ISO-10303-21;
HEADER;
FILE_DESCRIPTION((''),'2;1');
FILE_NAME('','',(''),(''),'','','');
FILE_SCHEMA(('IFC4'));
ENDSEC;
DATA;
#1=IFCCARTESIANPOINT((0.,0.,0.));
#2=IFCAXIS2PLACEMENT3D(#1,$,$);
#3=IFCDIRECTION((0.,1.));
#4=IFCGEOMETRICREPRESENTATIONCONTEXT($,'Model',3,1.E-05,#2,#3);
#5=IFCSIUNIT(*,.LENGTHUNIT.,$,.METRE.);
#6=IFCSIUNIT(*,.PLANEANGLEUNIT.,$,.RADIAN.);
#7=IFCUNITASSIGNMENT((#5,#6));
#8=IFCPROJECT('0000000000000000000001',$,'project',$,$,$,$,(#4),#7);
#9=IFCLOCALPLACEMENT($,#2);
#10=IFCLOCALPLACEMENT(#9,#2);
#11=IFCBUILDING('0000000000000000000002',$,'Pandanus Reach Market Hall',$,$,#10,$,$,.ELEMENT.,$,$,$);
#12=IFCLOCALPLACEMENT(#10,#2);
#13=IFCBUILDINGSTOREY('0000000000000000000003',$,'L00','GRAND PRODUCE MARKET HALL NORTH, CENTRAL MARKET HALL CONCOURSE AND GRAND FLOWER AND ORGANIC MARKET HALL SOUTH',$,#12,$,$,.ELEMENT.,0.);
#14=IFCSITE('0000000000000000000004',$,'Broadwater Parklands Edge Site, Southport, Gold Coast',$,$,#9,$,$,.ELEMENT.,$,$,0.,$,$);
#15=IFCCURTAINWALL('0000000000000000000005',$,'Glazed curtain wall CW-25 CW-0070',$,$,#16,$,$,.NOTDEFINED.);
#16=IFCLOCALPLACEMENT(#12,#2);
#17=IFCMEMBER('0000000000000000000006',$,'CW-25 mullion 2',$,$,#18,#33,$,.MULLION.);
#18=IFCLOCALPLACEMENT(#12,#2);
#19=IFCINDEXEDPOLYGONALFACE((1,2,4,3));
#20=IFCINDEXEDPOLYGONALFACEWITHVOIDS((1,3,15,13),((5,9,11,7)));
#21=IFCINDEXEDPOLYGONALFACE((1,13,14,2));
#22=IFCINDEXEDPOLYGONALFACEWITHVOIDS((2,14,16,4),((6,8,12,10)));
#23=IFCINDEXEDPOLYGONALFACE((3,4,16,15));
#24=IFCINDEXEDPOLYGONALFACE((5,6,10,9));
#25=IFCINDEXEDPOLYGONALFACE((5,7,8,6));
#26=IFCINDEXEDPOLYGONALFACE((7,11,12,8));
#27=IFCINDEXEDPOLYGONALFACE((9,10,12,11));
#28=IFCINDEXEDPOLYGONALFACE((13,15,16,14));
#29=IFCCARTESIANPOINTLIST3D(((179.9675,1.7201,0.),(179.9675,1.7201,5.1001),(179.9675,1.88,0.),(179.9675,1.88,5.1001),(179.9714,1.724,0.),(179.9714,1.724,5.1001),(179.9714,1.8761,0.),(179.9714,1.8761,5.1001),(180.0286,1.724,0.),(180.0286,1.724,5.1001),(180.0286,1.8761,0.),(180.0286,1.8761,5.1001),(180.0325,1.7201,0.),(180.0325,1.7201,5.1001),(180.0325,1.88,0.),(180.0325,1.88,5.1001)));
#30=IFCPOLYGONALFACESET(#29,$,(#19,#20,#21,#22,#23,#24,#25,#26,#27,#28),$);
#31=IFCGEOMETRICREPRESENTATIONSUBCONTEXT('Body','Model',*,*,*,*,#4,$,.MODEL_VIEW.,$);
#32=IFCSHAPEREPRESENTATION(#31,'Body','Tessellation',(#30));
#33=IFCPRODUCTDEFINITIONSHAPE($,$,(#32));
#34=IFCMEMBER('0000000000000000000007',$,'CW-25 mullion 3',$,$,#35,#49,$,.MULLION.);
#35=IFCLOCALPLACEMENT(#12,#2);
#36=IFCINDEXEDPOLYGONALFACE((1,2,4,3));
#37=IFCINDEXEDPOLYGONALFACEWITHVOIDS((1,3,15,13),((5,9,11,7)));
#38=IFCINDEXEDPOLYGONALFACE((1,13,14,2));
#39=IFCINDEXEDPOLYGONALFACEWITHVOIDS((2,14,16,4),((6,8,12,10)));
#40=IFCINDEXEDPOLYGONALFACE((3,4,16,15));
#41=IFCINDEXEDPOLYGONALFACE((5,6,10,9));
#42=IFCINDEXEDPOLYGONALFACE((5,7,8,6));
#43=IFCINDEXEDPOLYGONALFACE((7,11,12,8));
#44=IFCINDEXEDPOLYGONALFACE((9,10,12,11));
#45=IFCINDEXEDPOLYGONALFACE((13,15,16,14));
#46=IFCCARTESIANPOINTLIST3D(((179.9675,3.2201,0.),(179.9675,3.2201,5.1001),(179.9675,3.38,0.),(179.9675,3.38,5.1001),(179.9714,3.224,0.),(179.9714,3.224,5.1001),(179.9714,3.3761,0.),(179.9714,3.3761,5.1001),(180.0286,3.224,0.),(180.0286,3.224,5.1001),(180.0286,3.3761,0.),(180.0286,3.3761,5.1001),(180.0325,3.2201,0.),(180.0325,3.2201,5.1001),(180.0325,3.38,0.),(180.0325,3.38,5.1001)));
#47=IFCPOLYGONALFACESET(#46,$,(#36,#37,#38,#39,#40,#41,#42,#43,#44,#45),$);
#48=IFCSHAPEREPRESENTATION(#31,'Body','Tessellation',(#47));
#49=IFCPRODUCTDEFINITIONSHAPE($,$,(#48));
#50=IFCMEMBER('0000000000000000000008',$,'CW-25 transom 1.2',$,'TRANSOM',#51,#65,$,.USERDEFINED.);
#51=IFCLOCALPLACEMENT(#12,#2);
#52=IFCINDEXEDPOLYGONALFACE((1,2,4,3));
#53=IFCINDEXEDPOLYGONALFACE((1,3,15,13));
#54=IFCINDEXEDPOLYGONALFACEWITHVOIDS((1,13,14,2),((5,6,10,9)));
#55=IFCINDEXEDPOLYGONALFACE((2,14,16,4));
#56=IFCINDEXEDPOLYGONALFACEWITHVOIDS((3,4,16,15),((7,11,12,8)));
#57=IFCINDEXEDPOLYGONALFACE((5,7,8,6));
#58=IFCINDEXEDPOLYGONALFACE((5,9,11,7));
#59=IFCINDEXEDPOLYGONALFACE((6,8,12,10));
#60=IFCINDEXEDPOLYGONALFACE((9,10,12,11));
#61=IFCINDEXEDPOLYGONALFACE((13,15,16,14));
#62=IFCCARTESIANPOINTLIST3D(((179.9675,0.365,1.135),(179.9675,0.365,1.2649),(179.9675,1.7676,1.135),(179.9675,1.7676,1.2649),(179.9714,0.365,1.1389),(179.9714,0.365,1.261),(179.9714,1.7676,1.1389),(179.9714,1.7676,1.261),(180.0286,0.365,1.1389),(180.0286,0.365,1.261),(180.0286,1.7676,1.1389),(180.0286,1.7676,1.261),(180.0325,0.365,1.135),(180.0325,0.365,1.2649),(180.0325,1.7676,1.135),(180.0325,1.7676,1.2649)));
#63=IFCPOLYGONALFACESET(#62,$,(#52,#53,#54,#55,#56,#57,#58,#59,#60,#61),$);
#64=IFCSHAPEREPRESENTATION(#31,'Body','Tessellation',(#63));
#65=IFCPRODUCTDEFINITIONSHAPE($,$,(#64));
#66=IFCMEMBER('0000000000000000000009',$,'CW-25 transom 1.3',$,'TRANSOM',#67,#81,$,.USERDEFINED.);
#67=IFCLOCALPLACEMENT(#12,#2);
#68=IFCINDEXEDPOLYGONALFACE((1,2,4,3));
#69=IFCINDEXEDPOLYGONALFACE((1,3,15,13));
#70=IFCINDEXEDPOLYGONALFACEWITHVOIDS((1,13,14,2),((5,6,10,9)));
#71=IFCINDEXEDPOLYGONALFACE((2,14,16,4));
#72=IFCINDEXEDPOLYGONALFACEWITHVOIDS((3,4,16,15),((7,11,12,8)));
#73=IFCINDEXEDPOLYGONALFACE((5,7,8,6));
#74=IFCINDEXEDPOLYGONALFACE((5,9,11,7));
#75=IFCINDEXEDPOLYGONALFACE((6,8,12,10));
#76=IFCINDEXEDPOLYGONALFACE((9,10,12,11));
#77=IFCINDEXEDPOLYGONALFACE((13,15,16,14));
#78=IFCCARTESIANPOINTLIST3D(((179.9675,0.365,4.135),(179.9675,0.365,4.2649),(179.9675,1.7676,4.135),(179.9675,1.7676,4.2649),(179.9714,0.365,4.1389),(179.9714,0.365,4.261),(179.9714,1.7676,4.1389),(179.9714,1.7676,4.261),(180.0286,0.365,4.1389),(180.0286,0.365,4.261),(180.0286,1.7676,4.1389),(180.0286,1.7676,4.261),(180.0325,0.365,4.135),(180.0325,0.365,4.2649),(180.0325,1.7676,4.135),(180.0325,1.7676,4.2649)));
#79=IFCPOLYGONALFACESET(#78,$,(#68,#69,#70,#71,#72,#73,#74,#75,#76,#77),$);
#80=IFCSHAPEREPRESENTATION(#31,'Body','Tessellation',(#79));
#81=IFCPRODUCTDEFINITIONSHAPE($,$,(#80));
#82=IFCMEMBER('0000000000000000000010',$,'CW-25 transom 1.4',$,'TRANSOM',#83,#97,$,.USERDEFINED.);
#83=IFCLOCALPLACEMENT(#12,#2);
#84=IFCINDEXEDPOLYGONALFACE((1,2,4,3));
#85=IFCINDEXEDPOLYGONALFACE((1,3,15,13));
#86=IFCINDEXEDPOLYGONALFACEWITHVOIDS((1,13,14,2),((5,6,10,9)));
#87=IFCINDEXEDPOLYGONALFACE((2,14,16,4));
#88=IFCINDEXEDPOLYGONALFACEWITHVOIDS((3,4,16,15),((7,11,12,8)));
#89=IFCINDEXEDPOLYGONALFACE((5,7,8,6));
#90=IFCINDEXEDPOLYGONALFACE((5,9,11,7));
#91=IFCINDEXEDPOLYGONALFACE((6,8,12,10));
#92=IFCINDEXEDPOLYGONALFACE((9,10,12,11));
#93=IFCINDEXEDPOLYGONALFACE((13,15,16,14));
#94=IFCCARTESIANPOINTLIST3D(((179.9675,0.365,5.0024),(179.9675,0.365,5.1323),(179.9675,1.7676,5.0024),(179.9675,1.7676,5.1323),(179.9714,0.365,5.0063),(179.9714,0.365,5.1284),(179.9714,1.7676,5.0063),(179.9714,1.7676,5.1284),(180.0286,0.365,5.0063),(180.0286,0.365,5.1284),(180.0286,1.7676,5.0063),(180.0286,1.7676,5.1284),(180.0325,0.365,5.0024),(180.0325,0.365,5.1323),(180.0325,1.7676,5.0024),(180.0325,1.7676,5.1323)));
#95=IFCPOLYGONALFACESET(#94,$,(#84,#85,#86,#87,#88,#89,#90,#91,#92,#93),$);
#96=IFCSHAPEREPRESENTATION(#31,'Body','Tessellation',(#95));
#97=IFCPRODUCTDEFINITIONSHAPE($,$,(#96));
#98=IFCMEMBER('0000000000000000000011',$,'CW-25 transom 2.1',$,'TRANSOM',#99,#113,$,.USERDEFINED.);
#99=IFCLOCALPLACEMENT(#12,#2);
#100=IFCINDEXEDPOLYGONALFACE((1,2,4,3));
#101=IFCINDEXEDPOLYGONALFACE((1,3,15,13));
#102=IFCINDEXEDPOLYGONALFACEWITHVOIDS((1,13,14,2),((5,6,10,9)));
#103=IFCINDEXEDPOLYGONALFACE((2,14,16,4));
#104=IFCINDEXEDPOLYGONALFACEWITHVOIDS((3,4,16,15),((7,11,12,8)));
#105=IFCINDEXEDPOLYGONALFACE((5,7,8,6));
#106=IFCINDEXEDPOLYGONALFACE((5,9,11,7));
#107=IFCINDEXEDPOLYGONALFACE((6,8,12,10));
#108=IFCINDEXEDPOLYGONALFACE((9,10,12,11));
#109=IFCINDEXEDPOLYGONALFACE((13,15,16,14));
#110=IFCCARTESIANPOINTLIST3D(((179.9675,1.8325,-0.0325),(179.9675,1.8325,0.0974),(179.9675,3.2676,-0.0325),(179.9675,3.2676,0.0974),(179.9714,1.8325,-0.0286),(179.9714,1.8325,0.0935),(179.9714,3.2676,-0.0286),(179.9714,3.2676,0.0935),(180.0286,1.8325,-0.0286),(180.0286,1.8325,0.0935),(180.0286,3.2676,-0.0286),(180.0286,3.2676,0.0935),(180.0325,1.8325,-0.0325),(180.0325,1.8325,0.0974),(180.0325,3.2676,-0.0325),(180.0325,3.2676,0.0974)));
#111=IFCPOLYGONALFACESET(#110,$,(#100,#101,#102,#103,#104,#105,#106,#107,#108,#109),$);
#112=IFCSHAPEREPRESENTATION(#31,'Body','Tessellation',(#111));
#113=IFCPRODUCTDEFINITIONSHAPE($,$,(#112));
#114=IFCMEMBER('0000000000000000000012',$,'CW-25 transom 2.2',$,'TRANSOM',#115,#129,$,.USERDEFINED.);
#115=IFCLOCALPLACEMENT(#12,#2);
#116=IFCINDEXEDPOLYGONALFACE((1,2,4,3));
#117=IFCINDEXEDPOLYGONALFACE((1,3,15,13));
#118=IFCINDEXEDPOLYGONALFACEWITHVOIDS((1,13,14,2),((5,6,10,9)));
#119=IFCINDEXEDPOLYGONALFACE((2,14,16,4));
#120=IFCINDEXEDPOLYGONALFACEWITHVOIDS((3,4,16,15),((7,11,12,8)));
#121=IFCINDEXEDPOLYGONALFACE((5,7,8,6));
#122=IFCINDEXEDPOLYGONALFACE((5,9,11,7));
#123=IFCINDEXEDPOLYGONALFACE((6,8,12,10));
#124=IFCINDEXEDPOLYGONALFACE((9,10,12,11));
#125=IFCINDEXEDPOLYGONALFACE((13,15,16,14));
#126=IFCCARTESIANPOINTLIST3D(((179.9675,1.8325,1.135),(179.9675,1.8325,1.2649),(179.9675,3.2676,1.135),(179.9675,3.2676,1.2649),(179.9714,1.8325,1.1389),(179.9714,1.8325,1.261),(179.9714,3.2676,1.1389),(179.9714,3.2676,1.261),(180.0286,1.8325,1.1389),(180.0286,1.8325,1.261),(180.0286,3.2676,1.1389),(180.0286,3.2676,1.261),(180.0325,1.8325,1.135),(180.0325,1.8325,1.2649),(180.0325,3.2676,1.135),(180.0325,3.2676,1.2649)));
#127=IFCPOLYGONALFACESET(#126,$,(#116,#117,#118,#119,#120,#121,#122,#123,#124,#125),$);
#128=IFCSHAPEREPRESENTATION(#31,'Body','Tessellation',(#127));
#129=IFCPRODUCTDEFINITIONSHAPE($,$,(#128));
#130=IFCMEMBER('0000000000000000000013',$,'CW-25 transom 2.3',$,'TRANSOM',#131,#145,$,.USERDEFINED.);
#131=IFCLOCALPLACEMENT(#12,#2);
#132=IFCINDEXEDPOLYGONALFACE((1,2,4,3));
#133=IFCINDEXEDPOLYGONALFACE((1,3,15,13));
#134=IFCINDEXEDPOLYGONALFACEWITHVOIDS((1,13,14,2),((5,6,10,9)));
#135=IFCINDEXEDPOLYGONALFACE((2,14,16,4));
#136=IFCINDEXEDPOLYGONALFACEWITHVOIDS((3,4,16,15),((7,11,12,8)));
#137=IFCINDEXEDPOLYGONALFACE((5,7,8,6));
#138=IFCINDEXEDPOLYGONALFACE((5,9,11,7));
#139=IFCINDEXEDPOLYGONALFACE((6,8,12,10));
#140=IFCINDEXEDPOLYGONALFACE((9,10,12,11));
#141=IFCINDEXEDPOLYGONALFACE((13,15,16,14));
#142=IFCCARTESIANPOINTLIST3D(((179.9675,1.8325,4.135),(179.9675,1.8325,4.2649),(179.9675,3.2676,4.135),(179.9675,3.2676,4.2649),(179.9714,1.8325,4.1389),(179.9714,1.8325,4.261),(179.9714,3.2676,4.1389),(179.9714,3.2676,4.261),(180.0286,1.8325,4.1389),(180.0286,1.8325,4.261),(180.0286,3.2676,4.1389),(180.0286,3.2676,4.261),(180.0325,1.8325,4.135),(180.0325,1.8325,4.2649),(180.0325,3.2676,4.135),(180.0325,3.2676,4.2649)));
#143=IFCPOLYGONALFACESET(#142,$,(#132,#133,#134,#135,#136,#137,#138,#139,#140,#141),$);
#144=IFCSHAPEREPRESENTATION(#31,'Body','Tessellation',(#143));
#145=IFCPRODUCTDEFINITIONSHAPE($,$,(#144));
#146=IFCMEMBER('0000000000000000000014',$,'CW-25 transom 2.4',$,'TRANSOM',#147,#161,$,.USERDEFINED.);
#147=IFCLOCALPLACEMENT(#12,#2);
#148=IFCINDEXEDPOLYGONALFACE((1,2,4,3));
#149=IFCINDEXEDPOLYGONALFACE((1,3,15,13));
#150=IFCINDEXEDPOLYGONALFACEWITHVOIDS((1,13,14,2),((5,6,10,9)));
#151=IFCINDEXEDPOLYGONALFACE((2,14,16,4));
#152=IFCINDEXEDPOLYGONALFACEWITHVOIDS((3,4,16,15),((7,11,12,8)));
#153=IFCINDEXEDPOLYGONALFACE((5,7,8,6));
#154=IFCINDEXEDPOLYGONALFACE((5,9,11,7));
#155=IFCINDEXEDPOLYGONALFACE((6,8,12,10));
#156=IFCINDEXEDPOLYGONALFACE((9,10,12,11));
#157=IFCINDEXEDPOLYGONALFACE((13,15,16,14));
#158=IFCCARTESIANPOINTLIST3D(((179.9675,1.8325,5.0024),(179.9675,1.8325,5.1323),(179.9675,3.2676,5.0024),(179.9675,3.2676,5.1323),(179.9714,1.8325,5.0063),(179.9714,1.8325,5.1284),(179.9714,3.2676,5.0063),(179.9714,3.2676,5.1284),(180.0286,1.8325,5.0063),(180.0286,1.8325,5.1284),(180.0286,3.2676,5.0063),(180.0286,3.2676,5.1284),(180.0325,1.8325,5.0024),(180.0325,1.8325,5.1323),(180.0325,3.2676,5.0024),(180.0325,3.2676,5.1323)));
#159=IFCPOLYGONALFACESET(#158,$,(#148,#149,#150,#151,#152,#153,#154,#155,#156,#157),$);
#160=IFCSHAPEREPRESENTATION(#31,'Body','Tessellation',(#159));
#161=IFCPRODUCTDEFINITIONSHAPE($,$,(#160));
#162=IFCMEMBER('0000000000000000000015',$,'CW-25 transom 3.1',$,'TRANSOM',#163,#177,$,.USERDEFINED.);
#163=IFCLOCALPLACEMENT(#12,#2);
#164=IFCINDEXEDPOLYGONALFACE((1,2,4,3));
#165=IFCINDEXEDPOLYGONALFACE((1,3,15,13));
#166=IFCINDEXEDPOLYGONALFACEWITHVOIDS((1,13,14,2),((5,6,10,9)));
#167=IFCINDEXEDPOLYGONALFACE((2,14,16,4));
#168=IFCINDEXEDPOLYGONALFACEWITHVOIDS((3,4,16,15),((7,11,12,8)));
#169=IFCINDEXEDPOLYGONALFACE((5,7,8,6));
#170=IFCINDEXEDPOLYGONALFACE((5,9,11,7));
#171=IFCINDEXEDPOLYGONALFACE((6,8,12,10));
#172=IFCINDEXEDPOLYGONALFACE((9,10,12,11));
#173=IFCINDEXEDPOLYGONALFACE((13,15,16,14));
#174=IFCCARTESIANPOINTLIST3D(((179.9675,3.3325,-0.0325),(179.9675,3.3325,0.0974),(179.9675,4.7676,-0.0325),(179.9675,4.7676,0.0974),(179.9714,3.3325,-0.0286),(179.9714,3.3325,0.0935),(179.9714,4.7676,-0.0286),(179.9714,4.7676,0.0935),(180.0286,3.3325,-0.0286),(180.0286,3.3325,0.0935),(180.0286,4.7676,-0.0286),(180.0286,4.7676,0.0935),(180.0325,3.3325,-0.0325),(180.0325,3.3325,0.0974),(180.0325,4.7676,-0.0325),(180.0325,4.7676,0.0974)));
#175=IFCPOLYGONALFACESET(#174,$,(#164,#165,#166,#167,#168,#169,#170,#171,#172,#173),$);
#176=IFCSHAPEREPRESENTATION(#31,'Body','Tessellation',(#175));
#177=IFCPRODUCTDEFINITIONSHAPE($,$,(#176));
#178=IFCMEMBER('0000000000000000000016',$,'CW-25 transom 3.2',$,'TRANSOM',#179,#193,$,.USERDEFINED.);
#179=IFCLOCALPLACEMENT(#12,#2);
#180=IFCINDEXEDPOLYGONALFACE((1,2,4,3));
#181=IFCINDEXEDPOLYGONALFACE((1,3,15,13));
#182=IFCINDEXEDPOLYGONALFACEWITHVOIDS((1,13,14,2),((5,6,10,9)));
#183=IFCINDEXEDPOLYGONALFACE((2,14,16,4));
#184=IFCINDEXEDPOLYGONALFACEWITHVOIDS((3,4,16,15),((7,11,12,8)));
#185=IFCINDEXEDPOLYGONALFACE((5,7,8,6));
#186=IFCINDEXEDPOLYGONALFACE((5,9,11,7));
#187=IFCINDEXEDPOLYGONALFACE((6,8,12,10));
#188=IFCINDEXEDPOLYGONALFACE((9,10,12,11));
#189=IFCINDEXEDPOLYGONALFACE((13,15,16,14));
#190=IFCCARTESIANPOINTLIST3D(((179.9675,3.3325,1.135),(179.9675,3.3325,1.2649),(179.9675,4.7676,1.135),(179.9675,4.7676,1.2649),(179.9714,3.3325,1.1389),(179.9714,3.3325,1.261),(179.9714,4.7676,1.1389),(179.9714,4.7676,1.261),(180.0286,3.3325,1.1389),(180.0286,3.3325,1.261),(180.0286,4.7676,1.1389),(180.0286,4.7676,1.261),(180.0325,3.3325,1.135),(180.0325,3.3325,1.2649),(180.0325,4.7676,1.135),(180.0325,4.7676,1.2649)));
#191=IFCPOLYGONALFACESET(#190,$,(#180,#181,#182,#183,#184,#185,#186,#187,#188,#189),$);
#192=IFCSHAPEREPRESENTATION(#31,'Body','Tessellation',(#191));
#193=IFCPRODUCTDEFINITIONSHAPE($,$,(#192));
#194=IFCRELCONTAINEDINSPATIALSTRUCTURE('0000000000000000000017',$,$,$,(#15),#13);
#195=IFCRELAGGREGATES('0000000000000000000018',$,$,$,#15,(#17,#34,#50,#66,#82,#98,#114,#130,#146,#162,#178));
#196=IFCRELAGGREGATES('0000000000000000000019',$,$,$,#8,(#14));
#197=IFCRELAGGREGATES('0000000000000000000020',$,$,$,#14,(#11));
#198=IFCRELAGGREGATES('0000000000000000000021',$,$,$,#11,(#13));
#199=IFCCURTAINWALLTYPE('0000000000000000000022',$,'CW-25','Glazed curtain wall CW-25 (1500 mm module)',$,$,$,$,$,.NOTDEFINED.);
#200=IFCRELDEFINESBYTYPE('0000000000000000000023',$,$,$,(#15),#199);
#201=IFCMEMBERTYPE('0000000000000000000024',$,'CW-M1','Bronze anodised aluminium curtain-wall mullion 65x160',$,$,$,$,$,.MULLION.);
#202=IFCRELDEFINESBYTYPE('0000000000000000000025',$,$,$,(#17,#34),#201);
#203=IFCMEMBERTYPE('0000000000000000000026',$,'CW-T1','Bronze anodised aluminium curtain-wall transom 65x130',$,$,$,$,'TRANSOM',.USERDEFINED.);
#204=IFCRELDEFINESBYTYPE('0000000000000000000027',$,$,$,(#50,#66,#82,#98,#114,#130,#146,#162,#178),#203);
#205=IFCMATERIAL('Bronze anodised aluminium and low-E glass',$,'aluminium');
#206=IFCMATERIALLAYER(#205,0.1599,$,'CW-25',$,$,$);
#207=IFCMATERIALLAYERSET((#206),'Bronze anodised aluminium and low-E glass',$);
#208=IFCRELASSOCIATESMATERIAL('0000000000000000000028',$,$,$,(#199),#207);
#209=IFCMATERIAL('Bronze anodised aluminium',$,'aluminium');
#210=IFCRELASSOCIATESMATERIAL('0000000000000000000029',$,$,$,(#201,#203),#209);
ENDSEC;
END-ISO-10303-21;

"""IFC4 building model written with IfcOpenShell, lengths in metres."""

from ifc_helpers import new_model, si_unit, direction, frame, origin, origin_2d, place, context, subcontext, project, spatial, hollow_rectangle, extrude, material, layer, layer_set, material_profile, profile_set, type_object, element, aggregate, save


model = new_model("IFC4")

# Units and contexts
model_context = context("Model", 3, precision=1e-05, world=origin(), true_north=direction((0.0, 1.0)))
body_context = subcontext(model_context, "Body", "Model", "MODEL_VIEW")
ifc_project = project(units=[si_unit("LENGTHUNIT", "METRE"), si_unit("PLANEANGLEUNIT", "RADIAN")], contexts=[model_context])

# Site, building, storey
site_placement = place(None, origin())
site = spatial("IfcSite", under=ifc_project, at=site_placement, Name="Broadwater Parklands Edge Site, Southport, Gold Coast", CompositionType="ELEMENT", RefElevation=0.0)
building_placement = place(site_placement, origin())
building = spatial("IfcBuilding", under=site, at=building_placement, Name="Pandanus Reach Market Hall", CompositionType="ELEMENT")
storey_placement = place(building_placement, origin())
storey = spatial("IfcBuildingStorey", under=building, at=storey_placement, Name="L00", Description="GRAND PRODUCE MARKET HALL NORTH, CENTRAL MARKET HALL CONCOURSE AND GRAND FLOWER AND ORGANIC MARKET HALL SOUTH", CompositionType="ELEMENT", Elevation=0.0)

# Curtain wall, members
ifc_material_1 = material(Name="Bronze anodised aluminium and low-E glass", Category="aluminium")
ifc_layer_1 = layer(ifc_material_1, 0.1599, Name="CW-25")
ifc_layer_set_1 = layer_set([ifc_layer_1], Name="Bronze anodised aluminium and low-E glass")
curtain_wall_type = type_object("IfcCurtainWallType", Name="CW-25", Description="Glazed curtain wall CW-25 (1500 mm module)", PredefinedType="NOTDEFINED", material=ifc_layer_set_1)
curtain_wall_placement = place(storey_placement, origin())
curtain_wall = element("IfcCurtainWall", 1, at=curtain_wall_placement, inside=storey, type_object=curtain_wall_type, Name="Glazed curtain wall CW-25 CW-0070", PredefinedType="NOTDEFINED")
ifc_material_2 = material(Name="Bronze anodised aluminium", Category="aluminium")
ifc_material_profile_1 = material_profile(ifc_material_2, hollow_rectangle(XDim=0.0649, YDim=0.1599, WallThickness=0.0039, at=origin_2d()), Name="ALU65x160", Category="LoadBearing")
ifc_profile_set_1 = profile_set([ifc_material_profile_1], Name="Bronze anodised aluminium")
member_type_1 = type_object("IfcMemberType", Name="CW-M1", Description="Bronze anodised aluminium curtain-wall mullion 65x160", PredefinedType="MULLION", material=ifc_profile_set_1)
member_1_placement = place(storey_placement, frame((180.0, 1.8, 0.0), z_axis=(0.0, 0.0, 1.0), x_axis=(-1.0, 0.0, 0.0)))
member_1 = element("IfcMember", 2, at=member_1_placement, type_object=member_type_1, Name="CW-25 mullion 2", PredefinedType="MULLION", context=body_context, shape_type="SweptSolid", body=[
    extrude(hollow_rectangle(XDim=0.0649, YDim=0.1599, WallThickness=0.0039, at=origin_2d()), origin(), (0.0, 0.0, 1.0), 5.1001),
])
member_2_placement = place(storey_placement, frame((180.0, 3.3, 0.0), z_axis=(0.0, 0.0, 1.0), x_axis=(-1.0, 0.0, 0.0)))
member_2 = element("IfcMember", 3, at=member_2_placement, type_object=member_type_1, Name="CW-25 mullion 3", PredefinedType="MULLION", context=body_context, shape_type="SweptSolid", body=[
    extrude(hollow_rectangle(XDim=0.0649, YDim=0.1599, WallThickness=0.0039, at=origin_2d()), origin(), (0.0, 0.0, 1.0), 5.1001),
])
ifc_material_profile_2 = material_profile(ifc_material_2, hollow_rectangle(XDim=0.0649, YDim=0.1299, WallThickness=0.0039, at=origin_2d()), Name="ALU65x130", Category="LoadBearing")
ifc_profile_set_2 = profile_set([ifc_material_profile_2], Name="Bronze anodised aluminium")
member_type_2 = type_object("IfcMemberType", Name="CW-T1", Description="Bronze anodised aluminium curtain-wall transom 65x130", ElementType="TRANSOM", PredefinedType="USERDEFINED", material=ifc_profile_set_2)
member_3_placement = place(storey_placement, frame((180.0, 0.365, 1.2), z_axis=(0.0, 1.0, 0.0), x_axis=(-1.0, 0.0, 0.0)))
member_3 = element("IfcMember", 4, at=member_3_placement, type_object=member_type_2, Name="CW-25 transom 1.2", ObjectType="TRANSOM", PredefinedType="USERDEFINED", context=body_context, shape_type="SweptSolid", body=[
    extrude(hollow_rectangle(XDim=0.0649, YDim=0.1299, WallThickness=0.0039, at=origin_2d()), origin(), (0.0, 0.0, 1.0), 1.4026),
])
member_4_placement = place(storey_placement, frame((180.0, 0.365, 4.2), z_axis=(0.0, 1.0, 0.0), x_axis=(-1.0, 0.0, 0.0)))
member_4 = element("IfcMember", 5, at=member_4_placement, type_object=member_type_2, Name="CW-25 transom 1.3", ObjectType="TRANSOM", PredefinedType="USERDEFINED", context=body_context, shape_type="SweptSolid", body=[
    extrude(hollow_rectangle(XDim=0.0649, YDim=0.1299, WallThickness=0.0039, at=origin_2d()), origin(), (0.0, 0.0, 1.0), 1.4026),
])
member_5_placement = place(storey_placement, frame((180.0, 0.365, 5.0674), z_axis=(0.0, 1.0, 0.0), x_axis=(-1.0, 0.0, 0.0)))
member_5 = element("IfcMember", 6, at=member_5_placement, type_object=member_type_2, Name="CW-25 transom 1.4", ObjectType="TRANSOM", PredefinedType="USERDEFINED", context=body_context, shape_type="SweptSolid", body=[
    extrude(hollow_rectangle(XDim=0.0649, YDim=0.1299, WallThickness=0.0039, at=origin_2d()), origin(), (0.0, 0.0, 1.0), 1.4026),
])
member_6_placement = place(storey_placement, frame((180.0, 1.8325, 0.0325), z_axis=(0.0, 1.0, 0.0), x_axis=(-1.0, 0.0, 0.0)))
member_6 = element("IfcMember", 7, at=member_6_placement, type_object=member_type_2, Name="CW-25 transom 2.1", ObjectType="TRANSOM", PredefinedType="USERDEFINED", context=body_context, shape_type="SweptSolid", body=[
    extrude(hollow_rectangle(XDim=0.0649, YDim=0.1299, WallThickness=0.0039, at=origin_2d()), origin(), (0.0, 0.0, 1.0), 1.4351),
])
member_7_placement = place(storey_placement, frame((180.0, 1.8325, 1.2), z_axis=(0.0, 1.0, 0.0), x_axis=(-1.0, 0.0, 0.0)))
member_7 = element("IfcMember", 8, at=member_7_placement, type_object=member_type_2, Name="CW-25 transom 2.2", ObjectType="TRANSOM", PredefinedType="USERDEFINED", context=body_context, shape_type="SweptSolid", body=[
    extrude(hollow_rectangle(XDim=0.0649, YDim=0.1299, WallThickness=0.0039, at=origin_2d()), origin(), (0.0, 0.0, 1.0), 1.4351),
])
member_8_placement = place(storey_placement, frame((180.0, 1.8325, 4.2), z_axis=(0.0, 1.0, 0.0), x_axis=(-1.0, 0.0, 0.0)))
member_8 = element("IfcMember", 9, at=member_8_placement, type_object=member_type_2, Name="CW-25 transom 2.3", ObjectType="TRANSOM", PredefinedType="USERDEFINED", context=body_context, shape_type="SweptSolid", body=[
    extrude(hollow_rectangle(XDim=0.0649, YDim=0.1299, WallThickness=0.0039, at=origin_2d()), origin(), (0.0, 0.0, 1.0), 1.4351),
])
member_9_placement = place(storey_placement, frame((180.0, 1.8325, 5.0674), z_axis=(0.0, 1.0, 0.0), x_axis=(-1.0, 0.0, 0.0)))
member_9 = element("IfcMember", 10, at=member_9_placement, type_object=member_type_2, Name="CW-25 transom 2.4", ObjectType="TRANSOM", PredefinedType="USERDEFINED", context=body_context, shape_type="SweptSolid", body=[
    extrude(hollow_rectangle(XDim=0.0649, YDim=0.1299, WallThickness=0.0039, at=origin_2d()), origin(), (0.0, 0.0, 1.0), 1.4351),
])
member_10_placement = place(storey_placement, frame((180.0, 3.3325, 0.0325), z_axis=(0.0, 1.0, 0.0), x_axis=(-1.0, 0.0, 0.0)))
member_10 = element("IfcMember", 11, at=member_10_placement, type_object=member_type_2, Name="CW-25 transom 3.1", ObjectType="TRANSOM", PredefinedType="USERDEFINED", context=body_context, shape_type="SweptSolid", body=[
    extrude(hollow_rectangle(XDim=0.0649, YDim=0.1299, WallThickness=0.0039, at=origin_2d()), origin(), (0.0, 0.0, 1.0), 1.4351),
])
member_11_placement = place(storey_placement, frame((180.0, 3.3325, 1.2), z_axis=(0.0, 1.0, 0.0), x_axis=(-1.0, 0.0, 0.0)))
member_11 = element("IfcMember", 12, at=member_11_placement, type_object=member_type_2, Name="CW-25 transom 3.2", ObjectType="TRANSOM", PredefinedType="USERDEFINED", context=body_context, shape_type="SweptSolid", body=[
    extrude(hollow_rectangle(XDim=0.0649, YDim=0.1299, WallThickness=0.0039, at=origin_2d()), origin(), (0.0, 0.0, 1.0), 1.4351),
])
aggregate(curtain_wall, [member_1, member_2, member_3, member_4, member_5, member_6, member_7, member_8, member_9, member_10, member_11])

save(model, "model.ifc")
